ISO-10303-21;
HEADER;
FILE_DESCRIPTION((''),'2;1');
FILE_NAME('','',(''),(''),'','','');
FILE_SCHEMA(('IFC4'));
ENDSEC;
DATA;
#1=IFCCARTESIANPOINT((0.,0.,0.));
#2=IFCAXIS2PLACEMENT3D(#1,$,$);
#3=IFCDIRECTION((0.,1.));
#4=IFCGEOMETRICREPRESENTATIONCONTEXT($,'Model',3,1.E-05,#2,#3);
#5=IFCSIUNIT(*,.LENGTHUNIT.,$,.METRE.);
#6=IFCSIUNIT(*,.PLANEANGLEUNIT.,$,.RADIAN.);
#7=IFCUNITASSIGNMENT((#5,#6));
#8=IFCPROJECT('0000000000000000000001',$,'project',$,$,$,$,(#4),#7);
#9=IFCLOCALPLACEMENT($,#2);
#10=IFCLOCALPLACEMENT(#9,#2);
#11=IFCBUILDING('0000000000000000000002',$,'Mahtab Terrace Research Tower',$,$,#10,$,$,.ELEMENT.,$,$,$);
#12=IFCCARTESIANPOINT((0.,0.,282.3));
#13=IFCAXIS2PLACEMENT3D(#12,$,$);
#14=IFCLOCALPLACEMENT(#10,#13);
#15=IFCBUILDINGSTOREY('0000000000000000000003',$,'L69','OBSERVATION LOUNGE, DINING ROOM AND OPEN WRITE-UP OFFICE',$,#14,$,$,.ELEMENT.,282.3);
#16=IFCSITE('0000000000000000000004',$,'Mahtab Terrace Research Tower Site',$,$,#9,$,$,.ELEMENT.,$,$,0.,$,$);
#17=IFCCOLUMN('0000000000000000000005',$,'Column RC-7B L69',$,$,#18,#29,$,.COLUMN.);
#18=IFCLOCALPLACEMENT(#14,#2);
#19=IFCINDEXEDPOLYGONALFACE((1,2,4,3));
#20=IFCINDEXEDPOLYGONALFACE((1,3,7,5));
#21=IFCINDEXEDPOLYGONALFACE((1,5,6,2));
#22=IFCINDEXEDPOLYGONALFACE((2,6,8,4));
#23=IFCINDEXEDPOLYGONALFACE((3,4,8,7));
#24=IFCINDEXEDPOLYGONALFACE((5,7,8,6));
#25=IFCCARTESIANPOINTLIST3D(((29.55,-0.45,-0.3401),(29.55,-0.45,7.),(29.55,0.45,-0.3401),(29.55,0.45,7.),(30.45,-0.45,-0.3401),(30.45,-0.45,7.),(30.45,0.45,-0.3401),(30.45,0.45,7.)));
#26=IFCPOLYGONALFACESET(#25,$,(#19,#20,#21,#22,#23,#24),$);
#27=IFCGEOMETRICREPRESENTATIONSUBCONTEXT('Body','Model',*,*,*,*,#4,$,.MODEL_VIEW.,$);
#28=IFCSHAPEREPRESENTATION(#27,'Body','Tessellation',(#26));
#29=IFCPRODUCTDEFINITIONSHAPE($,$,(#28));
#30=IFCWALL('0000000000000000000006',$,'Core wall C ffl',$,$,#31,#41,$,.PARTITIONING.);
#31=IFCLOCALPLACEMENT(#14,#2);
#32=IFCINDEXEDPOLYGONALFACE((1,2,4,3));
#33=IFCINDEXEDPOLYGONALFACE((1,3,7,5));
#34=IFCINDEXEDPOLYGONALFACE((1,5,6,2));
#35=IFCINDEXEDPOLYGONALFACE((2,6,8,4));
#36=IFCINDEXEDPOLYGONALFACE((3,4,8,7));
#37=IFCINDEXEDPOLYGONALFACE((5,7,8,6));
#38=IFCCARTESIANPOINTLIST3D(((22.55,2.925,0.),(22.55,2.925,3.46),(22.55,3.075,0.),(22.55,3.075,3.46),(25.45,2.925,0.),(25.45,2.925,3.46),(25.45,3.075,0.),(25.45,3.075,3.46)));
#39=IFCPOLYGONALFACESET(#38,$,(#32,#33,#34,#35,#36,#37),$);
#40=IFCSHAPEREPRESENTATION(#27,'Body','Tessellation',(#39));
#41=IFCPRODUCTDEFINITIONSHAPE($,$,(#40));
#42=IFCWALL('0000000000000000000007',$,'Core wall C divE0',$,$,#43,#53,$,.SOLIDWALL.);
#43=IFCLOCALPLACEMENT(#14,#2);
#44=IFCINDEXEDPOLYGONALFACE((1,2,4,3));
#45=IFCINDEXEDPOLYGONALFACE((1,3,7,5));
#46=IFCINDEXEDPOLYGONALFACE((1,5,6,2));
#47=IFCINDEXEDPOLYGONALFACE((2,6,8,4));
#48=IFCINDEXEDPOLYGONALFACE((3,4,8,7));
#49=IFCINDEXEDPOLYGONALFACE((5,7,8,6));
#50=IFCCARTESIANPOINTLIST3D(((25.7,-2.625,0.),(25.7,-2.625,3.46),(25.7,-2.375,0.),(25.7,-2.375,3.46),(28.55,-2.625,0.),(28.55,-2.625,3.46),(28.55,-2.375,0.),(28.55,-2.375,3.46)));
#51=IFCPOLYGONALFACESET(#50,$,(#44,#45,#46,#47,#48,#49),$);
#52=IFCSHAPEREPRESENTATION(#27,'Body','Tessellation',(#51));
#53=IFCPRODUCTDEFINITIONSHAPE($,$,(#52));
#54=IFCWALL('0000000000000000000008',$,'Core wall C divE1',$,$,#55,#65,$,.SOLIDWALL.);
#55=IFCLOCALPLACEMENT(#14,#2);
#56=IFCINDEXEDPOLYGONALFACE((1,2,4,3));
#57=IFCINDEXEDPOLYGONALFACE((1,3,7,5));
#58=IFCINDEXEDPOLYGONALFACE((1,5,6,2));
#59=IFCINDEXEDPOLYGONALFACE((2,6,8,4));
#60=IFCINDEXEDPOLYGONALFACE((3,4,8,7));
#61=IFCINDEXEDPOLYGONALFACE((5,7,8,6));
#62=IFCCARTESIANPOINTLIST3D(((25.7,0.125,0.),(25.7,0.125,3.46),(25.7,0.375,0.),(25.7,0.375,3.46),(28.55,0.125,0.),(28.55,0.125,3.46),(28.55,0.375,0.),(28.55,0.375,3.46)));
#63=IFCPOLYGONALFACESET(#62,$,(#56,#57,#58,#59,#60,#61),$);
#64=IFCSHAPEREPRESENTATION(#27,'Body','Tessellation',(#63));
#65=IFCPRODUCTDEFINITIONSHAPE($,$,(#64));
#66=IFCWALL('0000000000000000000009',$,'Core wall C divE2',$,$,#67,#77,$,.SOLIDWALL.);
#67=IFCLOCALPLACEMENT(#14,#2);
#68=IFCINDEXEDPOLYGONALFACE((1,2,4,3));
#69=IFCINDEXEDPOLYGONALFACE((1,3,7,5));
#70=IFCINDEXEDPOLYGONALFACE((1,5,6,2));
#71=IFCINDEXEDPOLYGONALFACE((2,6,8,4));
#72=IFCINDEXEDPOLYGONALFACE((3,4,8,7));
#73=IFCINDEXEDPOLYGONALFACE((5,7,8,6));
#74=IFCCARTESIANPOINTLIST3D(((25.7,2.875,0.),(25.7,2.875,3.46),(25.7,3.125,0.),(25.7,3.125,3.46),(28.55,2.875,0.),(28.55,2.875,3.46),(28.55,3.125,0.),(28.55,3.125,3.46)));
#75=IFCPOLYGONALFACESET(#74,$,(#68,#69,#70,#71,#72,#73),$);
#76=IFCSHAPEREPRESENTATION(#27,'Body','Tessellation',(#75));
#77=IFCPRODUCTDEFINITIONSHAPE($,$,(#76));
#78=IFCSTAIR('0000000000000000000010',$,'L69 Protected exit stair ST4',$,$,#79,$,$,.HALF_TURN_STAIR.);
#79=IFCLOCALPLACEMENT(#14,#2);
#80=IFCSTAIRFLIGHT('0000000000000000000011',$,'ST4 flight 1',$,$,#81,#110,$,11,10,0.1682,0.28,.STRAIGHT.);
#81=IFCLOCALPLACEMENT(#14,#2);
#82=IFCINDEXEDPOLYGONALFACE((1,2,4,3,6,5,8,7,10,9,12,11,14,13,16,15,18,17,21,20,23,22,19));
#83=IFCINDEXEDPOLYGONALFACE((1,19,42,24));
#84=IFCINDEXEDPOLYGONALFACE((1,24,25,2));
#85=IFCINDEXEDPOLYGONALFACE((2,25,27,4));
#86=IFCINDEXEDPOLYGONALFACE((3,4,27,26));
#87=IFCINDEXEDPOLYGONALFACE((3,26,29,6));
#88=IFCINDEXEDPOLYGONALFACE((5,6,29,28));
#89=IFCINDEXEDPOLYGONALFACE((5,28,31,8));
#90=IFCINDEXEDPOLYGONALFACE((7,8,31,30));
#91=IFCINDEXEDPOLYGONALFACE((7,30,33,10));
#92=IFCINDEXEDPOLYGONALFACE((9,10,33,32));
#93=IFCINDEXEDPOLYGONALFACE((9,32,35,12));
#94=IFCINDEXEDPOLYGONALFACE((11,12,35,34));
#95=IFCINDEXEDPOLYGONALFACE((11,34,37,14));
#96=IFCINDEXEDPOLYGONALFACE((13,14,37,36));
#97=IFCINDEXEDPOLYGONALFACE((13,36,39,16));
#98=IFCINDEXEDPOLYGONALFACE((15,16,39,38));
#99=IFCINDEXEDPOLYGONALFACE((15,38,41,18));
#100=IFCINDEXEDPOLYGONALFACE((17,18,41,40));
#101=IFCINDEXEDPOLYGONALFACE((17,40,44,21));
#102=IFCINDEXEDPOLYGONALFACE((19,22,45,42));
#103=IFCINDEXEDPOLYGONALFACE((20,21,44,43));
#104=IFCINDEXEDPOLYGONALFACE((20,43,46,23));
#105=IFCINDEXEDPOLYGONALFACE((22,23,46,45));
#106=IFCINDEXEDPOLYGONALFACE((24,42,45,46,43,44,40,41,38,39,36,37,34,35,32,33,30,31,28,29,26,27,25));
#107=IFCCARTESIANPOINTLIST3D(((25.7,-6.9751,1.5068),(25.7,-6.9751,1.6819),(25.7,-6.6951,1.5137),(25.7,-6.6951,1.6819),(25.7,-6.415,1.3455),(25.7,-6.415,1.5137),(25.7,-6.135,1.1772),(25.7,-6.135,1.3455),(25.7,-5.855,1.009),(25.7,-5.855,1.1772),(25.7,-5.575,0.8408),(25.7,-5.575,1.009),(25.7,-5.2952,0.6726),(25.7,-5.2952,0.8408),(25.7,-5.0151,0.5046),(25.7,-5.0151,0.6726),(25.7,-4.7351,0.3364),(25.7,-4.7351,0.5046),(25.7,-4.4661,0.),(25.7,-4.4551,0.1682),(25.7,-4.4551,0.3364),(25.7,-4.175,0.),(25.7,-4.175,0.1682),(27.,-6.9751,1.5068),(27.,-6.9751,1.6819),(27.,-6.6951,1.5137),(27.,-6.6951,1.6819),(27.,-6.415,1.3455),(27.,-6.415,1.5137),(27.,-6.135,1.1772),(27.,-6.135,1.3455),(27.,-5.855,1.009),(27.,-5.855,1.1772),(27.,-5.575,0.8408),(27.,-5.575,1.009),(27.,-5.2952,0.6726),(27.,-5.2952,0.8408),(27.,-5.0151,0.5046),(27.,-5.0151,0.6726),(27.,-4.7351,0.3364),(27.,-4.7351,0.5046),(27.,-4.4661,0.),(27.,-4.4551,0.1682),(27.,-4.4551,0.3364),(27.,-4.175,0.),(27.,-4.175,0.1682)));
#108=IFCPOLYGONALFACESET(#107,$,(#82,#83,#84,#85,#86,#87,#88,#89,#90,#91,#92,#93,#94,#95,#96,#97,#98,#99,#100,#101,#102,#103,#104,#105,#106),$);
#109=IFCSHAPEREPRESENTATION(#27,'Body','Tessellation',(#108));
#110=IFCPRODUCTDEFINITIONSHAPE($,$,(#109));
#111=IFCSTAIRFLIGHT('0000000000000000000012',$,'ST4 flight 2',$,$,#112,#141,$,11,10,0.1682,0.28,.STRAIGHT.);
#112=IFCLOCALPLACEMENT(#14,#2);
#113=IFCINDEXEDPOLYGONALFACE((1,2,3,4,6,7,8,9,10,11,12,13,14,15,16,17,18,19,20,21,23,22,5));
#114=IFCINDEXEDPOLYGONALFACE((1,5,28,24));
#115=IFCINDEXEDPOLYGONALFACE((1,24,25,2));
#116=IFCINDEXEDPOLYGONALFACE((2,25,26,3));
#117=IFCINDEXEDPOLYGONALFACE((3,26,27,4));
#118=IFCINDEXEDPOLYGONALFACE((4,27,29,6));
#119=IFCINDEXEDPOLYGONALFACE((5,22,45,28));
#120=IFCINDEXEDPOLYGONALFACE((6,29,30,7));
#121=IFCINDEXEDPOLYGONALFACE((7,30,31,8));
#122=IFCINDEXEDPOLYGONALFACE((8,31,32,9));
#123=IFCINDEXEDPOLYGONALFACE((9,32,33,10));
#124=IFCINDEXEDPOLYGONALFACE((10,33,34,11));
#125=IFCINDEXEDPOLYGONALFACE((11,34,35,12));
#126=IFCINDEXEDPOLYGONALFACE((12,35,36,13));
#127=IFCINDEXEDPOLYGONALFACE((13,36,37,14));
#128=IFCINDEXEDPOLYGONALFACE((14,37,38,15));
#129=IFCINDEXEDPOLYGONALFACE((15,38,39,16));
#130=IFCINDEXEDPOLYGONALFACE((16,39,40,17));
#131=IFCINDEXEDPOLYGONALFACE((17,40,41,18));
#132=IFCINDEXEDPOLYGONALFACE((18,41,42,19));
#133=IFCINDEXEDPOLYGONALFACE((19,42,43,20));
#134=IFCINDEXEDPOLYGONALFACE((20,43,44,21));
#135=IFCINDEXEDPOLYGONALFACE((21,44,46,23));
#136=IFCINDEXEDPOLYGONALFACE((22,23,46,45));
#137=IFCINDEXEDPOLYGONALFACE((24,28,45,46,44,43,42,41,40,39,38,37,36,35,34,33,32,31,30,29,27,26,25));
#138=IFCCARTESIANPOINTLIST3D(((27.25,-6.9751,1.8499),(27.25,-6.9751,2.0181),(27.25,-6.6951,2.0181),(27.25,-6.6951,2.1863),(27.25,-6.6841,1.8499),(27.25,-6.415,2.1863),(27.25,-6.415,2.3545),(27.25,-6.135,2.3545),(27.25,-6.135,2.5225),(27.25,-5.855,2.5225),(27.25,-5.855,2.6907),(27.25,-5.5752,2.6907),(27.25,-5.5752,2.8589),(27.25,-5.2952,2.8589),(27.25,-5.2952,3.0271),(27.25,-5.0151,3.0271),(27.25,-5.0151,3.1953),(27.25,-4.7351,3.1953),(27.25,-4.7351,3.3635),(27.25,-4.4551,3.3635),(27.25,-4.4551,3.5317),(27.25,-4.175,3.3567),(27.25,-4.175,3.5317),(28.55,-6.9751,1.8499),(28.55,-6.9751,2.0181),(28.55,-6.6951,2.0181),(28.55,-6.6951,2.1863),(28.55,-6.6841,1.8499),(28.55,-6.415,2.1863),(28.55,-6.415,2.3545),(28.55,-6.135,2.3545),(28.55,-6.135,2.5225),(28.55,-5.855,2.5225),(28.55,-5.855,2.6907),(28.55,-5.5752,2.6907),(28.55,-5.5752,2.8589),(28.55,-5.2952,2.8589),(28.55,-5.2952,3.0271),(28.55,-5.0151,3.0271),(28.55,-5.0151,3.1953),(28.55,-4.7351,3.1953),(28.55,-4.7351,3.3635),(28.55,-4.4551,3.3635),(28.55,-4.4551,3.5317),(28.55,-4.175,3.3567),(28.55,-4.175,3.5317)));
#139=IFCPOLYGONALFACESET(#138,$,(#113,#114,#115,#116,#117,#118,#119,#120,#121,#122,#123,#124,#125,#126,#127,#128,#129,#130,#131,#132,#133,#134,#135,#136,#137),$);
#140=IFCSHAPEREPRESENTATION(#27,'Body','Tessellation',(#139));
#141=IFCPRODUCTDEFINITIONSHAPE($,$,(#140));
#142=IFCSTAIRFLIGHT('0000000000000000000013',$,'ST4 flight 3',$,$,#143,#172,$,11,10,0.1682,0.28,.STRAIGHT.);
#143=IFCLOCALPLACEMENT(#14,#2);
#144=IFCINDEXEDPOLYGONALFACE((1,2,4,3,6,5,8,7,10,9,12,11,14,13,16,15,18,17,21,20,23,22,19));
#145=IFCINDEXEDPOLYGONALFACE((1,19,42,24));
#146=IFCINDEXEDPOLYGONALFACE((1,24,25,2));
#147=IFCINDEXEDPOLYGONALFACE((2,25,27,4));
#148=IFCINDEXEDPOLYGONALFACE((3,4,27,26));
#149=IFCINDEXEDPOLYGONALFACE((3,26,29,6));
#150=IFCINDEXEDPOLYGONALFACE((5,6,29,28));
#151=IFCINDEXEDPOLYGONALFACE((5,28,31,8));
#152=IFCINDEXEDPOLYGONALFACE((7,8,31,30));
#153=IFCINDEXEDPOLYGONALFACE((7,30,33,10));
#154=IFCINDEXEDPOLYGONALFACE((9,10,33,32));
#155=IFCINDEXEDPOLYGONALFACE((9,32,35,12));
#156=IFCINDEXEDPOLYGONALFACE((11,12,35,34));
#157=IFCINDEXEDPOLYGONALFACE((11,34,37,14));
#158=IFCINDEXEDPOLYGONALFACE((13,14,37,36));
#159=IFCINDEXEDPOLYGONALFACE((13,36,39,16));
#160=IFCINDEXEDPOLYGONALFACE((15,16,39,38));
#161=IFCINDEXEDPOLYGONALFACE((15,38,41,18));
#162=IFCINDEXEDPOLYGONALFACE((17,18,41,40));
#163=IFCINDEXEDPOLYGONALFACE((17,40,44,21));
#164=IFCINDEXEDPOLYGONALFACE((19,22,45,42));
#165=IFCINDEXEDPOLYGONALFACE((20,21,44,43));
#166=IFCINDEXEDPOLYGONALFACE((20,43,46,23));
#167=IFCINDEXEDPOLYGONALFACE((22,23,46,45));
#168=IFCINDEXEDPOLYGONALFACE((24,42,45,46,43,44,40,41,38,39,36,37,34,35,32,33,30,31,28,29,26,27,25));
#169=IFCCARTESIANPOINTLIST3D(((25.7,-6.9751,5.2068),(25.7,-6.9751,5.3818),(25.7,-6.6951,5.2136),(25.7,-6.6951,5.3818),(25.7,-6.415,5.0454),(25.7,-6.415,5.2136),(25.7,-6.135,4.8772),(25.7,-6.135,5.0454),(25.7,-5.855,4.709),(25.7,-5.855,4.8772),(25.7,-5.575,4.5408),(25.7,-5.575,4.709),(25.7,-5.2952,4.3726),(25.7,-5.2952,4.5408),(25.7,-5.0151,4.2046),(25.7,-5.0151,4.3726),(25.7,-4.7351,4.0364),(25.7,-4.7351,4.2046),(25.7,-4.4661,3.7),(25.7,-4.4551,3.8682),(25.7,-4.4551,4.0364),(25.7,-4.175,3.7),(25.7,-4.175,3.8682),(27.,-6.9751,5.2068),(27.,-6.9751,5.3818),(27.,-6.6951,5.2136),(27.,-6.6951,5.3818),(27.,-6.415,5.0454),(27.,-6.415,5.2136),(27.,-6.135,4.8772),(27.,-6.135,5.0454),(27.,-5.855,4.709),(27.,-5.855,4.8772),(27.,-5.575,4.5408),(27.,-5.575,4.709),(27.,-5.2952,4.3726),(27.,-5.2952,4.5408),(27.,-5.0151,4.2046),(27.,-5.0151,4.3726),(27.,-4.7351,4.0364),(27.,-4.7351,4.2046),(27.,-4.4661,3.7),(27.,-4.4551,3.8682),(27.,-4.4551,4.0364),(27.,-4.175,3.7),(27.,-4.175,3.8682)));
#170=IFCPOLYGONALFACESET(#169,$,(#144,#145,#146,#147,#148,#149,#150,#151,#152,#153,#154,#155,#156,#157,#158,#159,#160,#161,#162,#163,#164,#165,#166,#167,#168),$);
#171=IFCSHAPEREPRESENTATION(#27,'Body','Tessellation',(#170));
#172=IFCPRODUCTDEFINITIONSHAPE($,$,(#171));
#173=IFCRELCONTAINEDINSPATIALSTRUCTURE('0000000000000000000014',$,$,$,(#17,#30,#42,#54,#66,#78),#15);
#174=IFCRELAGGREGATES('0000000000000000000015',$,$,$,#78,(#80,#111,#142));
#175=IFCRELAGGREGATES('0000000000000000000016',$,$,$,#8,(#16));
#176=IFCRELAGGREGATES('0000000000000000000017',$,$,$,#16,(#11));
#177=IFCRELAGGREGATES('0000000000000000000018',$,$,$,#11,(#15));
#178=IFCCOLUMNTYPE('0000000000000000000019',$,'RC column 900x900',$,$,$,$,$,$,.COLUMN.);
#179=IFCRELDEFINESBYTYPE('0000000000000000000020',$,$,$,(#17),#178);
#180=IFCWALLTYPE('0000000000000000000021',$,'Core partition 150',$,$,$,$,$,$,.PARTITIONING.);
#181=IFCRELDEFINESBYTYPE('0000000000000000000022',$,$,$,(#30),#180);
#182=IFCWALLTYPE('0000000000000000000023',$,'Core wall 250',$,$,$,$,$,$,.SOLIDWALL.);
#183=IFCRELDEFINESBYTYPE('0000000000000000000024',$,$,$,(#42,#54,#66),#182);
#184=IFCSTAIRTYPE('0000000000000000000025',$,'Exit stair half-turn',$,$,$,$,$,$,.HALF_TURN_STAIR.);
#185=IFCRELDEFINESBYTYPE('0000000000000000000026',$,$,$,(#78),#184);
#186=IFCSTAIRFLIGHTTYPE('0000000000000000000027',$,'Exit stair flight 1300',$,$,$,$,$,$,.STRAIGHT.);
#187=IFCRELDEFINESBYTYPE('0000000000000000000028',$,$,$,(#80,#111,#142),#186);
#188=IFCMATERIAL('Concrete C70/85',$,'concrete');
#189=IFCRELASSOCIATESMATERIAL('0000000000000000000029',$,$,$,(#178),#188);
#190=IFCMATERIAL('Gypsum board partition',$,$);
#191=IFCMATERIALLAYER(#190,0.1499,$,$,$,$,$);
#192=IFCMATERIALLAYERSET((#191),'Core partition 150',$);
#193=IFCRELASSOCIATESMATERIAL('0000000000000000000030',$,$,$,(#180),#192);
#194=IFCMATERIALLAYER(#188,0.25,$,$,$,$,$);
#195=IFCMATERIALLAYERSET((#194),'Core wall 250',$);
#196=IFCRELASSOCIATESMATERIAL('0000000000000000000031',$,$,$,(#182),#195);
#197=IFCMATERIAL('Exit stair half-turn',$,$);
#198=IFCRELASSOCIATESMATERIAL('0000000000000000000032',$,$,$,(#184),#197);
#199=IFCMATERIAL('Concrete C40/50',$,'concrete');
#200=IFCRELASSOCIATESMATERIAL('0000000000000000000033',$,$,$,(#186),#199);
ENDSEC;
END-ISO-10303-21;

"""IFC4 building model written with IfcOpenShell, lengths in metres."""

from ifc_helpers import new_model, si_unit, direction, frame, frame_2d, origin, origin_2d, place, context, subcontext, project, spatial, polyline, rectangle, outline, extrude, material, layer, layer_set, material_profile, profile_set, type_object, element, aggregate, save


model = new_model("IFC4")

# Units and contexts
model_context = context("Model", 3, precision=1e-05, world=origin(), true_north=direction((0.0, 1.0)))
body_context = subcontext(model_context, "Body", "Model", "MODEL_VIEW")
ifc_project = project(units=[si_unit("LENGTHUNIT", "METRE"), si_unit("PLANEANGLEUNIT", "RADIAN")], contexts=[model_context])

# Site, building, storey
site_placement = place(None, origin())
site = spatial("IfcSite", under=ifc_project, at=site_placement, Name="Mahtab Terrace Research Tower Site", CompositionType="ELEMENT", RefElevation=0.0)
building_placement = place(site_placement, origin())
building = spatial("IfcBuilding", under=site, at=building_placement, Name="Mahtab Terrace Research Tower", CompositionType="ELEMENT")
storey_placement = place(building_placement, frame((0.0, 0.0, 282.3)))
storey = spatial("IfcBuildingStorey", under=building, at=storey_placement, Name="L69", Description="OBSERVATION LOUNGE, DINING ROOM AND OPEN WRITE-UP OFFICE", CompositionType="ELEMENT", Elevation=282.3)

# Column
ifc_material_1 = material(Name="Concrete C70/85", Category="concrete")
ifc_material_profile = material_profile(ifc_material_1, rectangle(XDim=0.8999, YDim=0.8999, at=origin_2d()), Name="RC column 900x900")
ifc_profile_set = profile_set([ifc_material_profile], Name="Concrete C70/85")
column_type = type_object("IfcColumnType", Name="RC column 900x900", PredefinedType="COLUMN", material=ifc_profile_set)
column_placement = place(storey_placement, frame((30.0, 0.0, -0.3401), z_axis=(0.0, 0.0, 1.0), x_axis=(1.0, 0.0, 0.0)))
element("IfcColumn", 1, at=column_placement, inside=storey, type_object=column_type, Name="Column RC-7B L69", PredefinedType="COLUMN", context=body_context, shape_type="SweptSolid", body=[
    extrude(rectangle(XDim=0.8999, YDim=0.8999, at=origin_2d()), origin(), (0.0, 0.0, 1.0), 7.3401),
])

# Walls
ifc_material_2 = material(Name="Gypsum board partition")
ifc_layer_1 = layer(ifc_material_2, 0.1499)
ifc_layer_set_1 = layer_set([ifc_layer_1], Name="Core partition 150")
wall_type_1 = type_object("IfcWallType", Name="Core partition 150", PredefinedType="PARTITIONING", material=ifc_layer_set_1)
wall_placement = place(storey_placement, frame((22.55, 3.0, 0.0), z_axis=(0.0, 0.0, 1.0), x_axis=(1.0, 0.0, 0.0)))
element("IfcWall", 2, at=wall_placement, inside=storey, type_object=wall_type_1, Name="Core wall C ffl", PredefinedType="PARTITIONING", context=body_context, shape_type="SweptSolid", body=[
    extrude(rectangle(XDim=2.8999, YDim=0.1499, at=frame_2d((1.45, 0.0))), origin(), (0.0, 0.0, 1.0), 3.46),
])
ifc_layer_2 = layer(ifc_material_1, 0.25)
ifc_layer_set_2 = layer_set([ifc_layer_2], Name="Core wall 250")
wall_type_2 = type_object("IfcWallType", Name="Core wall 250", PredefinedType="SOLIDWALL", material=ifc_layer_set_2)
for number, where, z_axis, x_axis, name in (
    (3, (25.7, -2.5, 0.0), (0.0, 0.0, 1.0), (1.0, 0.0, 0.0), "Core wall C divE0"),
    (4, (25.7, 0.25, 0.0), (0.0, 0.0, 1.0), (1.0, 0.0, 0.0), "Core wall C divE1"),
    (5, (25.7, 3.0, 0.0), (0.0, 0.0, 1.0), (1.0, 0.0, 0.0), "Core wall C divE2"),
):
    element("IfcWall", number, at=place(storey_placement, frame(where, z_axis=z_axis, x_axis=x_axis)), inside=storey, type_object=wall_type_2, Name=name, PredefinedType="SOLIDWALL", context=body_context, shape_type="SweptSolid", body=[
        extrude(rectangle(XDim=2.8501, YDim=0.25, at=frame_2d((1.425, 0.0))), origin(), (0.0, 0.0, 1.0), 3.46),
    ])

# Stair, stair flights
ifc_material_3 = material(Name="Exit stair half-turn")
stair_type = type_object("IfcStairType", Name="Exit stair half-turn", PredefinedType="HALF_TURN_STAIR", material=ifc_material_3)
stair_placement = place(storey_placement, origin())
stair = element("IfcStair", 6, at=stair_placement, inside=storey, type_object=stair_type, Name="L69 Protected exit stair ST4", PredefinedType="HALF_TURN_STAIR")
ifc_material_4 = material(Name="Concrete C40/50", Category="concrete")
stair_flight_type = type_object("IfcStairFlightType", Name="Exit stair flight 1300", PredefinedType="STRAIGHT", material=ifc_material_4)
stair_flight_1_placement = place(storey_placement, frame((26.3501, -4.175, 0.0), z_axis=(0.0, 0.0, 1.0), x_axis=(0.0, -1.0, 0.0)))
stair_flight_1 = element("IfcStairFlight", 7, at=stair_flight_1_placement, type_object=stair_flight_type, Name="ST4 flight 1", NumberOfRisers=11, NumberOfTreads=10, PredefinedType="STRAIGHT", RiserHeight=0.1682, TreadLength=0.28, context=body_context, shape_type="SweptSolid", body=[
    extrude(outline(polyline([(0.0, 0.0), (0.0, 0.1682), (0.28, 0.1682), (0.28, 0.3364), (0.5601, 0.3364), (0.5601, 0.5046), (0.8401, 0.5046), (0.8401, 0.6726), (1.1201, 0.6726), (1.1201, 0.8408), (1.3999, 0.8408), (1.3999, 1.009), (1.6799, 1.009), (1.6799, 1.1772), (1.96, 1.1772), (1.96, 1.3455), (2.24, 1.3455), (2.24, 1.5137), (2.52, 1.5137), (2.52, 1.6819), (2.8, 1.6819), (2.8, 1.8501), (2.8, 1.5068), (0.291, 0.0), (0.0, 0.0)])), frame((0.0, 0.6499, 0.0), z_axis=(0.0, -1.0, 0.0), x_axis=(1.0, 0.0, 0.0)), (0.0, 0.0, 1.0), 1.3),
])
stair_flight_2_placement = place(storey_placement, frame((27.8999, -6.9751, 1.8499), z_axis=(0.0, 0.0, 1.0), x_axis=(0.0, 1.0, 0.0)))
stair_flight_2 = element("IfcStairFlight", 8, at=stair_flight_2_placement, type_object=stair_flight_type, Name="ST4 flight 2", NumberOfRisers=11, NumberOfTreads=10, PredefinedType="STRAIGHT", RiserHeight=0.1682, TreadLength=0.28, context=body_context, shape_type="SweptSolid", body=[
    extrude(outline(polyline([(0.0, 0.0), (0.0, 0.1682), (0.28, 0.1682), (0.28, 0.3364), (0.5601, 0.3364), (0.5601, 0.5046), (0.8401, 0.5046), (0.8401, 0.6726), (1.1201, 0.6726), (1.1201, 0.8408), (1.3999, 0.8408), (1.3999, 1.009), (1.6799, 1.009), (1.6799, 1.1772), (1.96, 1.1772), (1.96, 1.3455), (2.24, 1.3455), (2.24, 1.5137), (2.52, 1.5137), (2.52, 1.6819), (2.8, 1.6819), (2.8, 1.8501), (2.8, 1.5068), (0.291, 0.0), (0.0, 0.0)])), frame((0.0, 0.6499, 0.0), z_axis=(0.0, -1.0, 0.0), x_axis=(1.0, 0.0, 0.0)), (0.0, 0.0, 1.0), 1.3),
])
stair_flight_3_placement = place(storey_placement, frame((26.3501, -4.175, 3.7), z_axis=(0.0, 0.0, 1.0), x_axis=(0.0, -1.0, 0.0)))
stair_flight_3 = element("IfcStairFlight", 9, at=stair_flight_3_placement, type_object=stair_flight_type, Name="ST4 flight 3", NumberOfRisers=11, NumberOfTreads=10, PredefinedType="STRAIGHT", RiserHeight=0.1682, TreadLength=0.28, context=body_context, shape_type="SweptSolid", body=[
    extrude(outline(polyline([(0.0, 0.0), (0.0, 0.1682), (0.28, 0.1682), (0.28, 0.3364), (0.5601, 0.3364), (0.5601, 0.5046), (0.8401, 0.5046), (0.8401, 0.6726), (1.1201, 0.6726), (1.1201, 0.8408), (1.3999, 0.8408), (1.3999, 1.009), (1.6799, 1.009), (1.6799, 1.1772), (1.96, 1.1772), (1.96, 1.3455), (2.24, 1.3455), (2.24, 1.5137), (2.52, 1.5137), (2.52, 1.6819), (2.8, 1.6819), (2.8, 1.8501), (2.8, 1.5068), (0.291, 0.0), (0.0, 0.0)])), frame((0.0, 0.6499, 0.0), z_axis=(0.0, -1.0, 0.0), x_axis=(1.0, 0.0, 0.0)), (0.0, 0.0, 1.0), 1.3),
])
aggregate(stair, [stair_flight_1, stair_flight_2, stair_flight_3])

save(model, "model.ifc")
